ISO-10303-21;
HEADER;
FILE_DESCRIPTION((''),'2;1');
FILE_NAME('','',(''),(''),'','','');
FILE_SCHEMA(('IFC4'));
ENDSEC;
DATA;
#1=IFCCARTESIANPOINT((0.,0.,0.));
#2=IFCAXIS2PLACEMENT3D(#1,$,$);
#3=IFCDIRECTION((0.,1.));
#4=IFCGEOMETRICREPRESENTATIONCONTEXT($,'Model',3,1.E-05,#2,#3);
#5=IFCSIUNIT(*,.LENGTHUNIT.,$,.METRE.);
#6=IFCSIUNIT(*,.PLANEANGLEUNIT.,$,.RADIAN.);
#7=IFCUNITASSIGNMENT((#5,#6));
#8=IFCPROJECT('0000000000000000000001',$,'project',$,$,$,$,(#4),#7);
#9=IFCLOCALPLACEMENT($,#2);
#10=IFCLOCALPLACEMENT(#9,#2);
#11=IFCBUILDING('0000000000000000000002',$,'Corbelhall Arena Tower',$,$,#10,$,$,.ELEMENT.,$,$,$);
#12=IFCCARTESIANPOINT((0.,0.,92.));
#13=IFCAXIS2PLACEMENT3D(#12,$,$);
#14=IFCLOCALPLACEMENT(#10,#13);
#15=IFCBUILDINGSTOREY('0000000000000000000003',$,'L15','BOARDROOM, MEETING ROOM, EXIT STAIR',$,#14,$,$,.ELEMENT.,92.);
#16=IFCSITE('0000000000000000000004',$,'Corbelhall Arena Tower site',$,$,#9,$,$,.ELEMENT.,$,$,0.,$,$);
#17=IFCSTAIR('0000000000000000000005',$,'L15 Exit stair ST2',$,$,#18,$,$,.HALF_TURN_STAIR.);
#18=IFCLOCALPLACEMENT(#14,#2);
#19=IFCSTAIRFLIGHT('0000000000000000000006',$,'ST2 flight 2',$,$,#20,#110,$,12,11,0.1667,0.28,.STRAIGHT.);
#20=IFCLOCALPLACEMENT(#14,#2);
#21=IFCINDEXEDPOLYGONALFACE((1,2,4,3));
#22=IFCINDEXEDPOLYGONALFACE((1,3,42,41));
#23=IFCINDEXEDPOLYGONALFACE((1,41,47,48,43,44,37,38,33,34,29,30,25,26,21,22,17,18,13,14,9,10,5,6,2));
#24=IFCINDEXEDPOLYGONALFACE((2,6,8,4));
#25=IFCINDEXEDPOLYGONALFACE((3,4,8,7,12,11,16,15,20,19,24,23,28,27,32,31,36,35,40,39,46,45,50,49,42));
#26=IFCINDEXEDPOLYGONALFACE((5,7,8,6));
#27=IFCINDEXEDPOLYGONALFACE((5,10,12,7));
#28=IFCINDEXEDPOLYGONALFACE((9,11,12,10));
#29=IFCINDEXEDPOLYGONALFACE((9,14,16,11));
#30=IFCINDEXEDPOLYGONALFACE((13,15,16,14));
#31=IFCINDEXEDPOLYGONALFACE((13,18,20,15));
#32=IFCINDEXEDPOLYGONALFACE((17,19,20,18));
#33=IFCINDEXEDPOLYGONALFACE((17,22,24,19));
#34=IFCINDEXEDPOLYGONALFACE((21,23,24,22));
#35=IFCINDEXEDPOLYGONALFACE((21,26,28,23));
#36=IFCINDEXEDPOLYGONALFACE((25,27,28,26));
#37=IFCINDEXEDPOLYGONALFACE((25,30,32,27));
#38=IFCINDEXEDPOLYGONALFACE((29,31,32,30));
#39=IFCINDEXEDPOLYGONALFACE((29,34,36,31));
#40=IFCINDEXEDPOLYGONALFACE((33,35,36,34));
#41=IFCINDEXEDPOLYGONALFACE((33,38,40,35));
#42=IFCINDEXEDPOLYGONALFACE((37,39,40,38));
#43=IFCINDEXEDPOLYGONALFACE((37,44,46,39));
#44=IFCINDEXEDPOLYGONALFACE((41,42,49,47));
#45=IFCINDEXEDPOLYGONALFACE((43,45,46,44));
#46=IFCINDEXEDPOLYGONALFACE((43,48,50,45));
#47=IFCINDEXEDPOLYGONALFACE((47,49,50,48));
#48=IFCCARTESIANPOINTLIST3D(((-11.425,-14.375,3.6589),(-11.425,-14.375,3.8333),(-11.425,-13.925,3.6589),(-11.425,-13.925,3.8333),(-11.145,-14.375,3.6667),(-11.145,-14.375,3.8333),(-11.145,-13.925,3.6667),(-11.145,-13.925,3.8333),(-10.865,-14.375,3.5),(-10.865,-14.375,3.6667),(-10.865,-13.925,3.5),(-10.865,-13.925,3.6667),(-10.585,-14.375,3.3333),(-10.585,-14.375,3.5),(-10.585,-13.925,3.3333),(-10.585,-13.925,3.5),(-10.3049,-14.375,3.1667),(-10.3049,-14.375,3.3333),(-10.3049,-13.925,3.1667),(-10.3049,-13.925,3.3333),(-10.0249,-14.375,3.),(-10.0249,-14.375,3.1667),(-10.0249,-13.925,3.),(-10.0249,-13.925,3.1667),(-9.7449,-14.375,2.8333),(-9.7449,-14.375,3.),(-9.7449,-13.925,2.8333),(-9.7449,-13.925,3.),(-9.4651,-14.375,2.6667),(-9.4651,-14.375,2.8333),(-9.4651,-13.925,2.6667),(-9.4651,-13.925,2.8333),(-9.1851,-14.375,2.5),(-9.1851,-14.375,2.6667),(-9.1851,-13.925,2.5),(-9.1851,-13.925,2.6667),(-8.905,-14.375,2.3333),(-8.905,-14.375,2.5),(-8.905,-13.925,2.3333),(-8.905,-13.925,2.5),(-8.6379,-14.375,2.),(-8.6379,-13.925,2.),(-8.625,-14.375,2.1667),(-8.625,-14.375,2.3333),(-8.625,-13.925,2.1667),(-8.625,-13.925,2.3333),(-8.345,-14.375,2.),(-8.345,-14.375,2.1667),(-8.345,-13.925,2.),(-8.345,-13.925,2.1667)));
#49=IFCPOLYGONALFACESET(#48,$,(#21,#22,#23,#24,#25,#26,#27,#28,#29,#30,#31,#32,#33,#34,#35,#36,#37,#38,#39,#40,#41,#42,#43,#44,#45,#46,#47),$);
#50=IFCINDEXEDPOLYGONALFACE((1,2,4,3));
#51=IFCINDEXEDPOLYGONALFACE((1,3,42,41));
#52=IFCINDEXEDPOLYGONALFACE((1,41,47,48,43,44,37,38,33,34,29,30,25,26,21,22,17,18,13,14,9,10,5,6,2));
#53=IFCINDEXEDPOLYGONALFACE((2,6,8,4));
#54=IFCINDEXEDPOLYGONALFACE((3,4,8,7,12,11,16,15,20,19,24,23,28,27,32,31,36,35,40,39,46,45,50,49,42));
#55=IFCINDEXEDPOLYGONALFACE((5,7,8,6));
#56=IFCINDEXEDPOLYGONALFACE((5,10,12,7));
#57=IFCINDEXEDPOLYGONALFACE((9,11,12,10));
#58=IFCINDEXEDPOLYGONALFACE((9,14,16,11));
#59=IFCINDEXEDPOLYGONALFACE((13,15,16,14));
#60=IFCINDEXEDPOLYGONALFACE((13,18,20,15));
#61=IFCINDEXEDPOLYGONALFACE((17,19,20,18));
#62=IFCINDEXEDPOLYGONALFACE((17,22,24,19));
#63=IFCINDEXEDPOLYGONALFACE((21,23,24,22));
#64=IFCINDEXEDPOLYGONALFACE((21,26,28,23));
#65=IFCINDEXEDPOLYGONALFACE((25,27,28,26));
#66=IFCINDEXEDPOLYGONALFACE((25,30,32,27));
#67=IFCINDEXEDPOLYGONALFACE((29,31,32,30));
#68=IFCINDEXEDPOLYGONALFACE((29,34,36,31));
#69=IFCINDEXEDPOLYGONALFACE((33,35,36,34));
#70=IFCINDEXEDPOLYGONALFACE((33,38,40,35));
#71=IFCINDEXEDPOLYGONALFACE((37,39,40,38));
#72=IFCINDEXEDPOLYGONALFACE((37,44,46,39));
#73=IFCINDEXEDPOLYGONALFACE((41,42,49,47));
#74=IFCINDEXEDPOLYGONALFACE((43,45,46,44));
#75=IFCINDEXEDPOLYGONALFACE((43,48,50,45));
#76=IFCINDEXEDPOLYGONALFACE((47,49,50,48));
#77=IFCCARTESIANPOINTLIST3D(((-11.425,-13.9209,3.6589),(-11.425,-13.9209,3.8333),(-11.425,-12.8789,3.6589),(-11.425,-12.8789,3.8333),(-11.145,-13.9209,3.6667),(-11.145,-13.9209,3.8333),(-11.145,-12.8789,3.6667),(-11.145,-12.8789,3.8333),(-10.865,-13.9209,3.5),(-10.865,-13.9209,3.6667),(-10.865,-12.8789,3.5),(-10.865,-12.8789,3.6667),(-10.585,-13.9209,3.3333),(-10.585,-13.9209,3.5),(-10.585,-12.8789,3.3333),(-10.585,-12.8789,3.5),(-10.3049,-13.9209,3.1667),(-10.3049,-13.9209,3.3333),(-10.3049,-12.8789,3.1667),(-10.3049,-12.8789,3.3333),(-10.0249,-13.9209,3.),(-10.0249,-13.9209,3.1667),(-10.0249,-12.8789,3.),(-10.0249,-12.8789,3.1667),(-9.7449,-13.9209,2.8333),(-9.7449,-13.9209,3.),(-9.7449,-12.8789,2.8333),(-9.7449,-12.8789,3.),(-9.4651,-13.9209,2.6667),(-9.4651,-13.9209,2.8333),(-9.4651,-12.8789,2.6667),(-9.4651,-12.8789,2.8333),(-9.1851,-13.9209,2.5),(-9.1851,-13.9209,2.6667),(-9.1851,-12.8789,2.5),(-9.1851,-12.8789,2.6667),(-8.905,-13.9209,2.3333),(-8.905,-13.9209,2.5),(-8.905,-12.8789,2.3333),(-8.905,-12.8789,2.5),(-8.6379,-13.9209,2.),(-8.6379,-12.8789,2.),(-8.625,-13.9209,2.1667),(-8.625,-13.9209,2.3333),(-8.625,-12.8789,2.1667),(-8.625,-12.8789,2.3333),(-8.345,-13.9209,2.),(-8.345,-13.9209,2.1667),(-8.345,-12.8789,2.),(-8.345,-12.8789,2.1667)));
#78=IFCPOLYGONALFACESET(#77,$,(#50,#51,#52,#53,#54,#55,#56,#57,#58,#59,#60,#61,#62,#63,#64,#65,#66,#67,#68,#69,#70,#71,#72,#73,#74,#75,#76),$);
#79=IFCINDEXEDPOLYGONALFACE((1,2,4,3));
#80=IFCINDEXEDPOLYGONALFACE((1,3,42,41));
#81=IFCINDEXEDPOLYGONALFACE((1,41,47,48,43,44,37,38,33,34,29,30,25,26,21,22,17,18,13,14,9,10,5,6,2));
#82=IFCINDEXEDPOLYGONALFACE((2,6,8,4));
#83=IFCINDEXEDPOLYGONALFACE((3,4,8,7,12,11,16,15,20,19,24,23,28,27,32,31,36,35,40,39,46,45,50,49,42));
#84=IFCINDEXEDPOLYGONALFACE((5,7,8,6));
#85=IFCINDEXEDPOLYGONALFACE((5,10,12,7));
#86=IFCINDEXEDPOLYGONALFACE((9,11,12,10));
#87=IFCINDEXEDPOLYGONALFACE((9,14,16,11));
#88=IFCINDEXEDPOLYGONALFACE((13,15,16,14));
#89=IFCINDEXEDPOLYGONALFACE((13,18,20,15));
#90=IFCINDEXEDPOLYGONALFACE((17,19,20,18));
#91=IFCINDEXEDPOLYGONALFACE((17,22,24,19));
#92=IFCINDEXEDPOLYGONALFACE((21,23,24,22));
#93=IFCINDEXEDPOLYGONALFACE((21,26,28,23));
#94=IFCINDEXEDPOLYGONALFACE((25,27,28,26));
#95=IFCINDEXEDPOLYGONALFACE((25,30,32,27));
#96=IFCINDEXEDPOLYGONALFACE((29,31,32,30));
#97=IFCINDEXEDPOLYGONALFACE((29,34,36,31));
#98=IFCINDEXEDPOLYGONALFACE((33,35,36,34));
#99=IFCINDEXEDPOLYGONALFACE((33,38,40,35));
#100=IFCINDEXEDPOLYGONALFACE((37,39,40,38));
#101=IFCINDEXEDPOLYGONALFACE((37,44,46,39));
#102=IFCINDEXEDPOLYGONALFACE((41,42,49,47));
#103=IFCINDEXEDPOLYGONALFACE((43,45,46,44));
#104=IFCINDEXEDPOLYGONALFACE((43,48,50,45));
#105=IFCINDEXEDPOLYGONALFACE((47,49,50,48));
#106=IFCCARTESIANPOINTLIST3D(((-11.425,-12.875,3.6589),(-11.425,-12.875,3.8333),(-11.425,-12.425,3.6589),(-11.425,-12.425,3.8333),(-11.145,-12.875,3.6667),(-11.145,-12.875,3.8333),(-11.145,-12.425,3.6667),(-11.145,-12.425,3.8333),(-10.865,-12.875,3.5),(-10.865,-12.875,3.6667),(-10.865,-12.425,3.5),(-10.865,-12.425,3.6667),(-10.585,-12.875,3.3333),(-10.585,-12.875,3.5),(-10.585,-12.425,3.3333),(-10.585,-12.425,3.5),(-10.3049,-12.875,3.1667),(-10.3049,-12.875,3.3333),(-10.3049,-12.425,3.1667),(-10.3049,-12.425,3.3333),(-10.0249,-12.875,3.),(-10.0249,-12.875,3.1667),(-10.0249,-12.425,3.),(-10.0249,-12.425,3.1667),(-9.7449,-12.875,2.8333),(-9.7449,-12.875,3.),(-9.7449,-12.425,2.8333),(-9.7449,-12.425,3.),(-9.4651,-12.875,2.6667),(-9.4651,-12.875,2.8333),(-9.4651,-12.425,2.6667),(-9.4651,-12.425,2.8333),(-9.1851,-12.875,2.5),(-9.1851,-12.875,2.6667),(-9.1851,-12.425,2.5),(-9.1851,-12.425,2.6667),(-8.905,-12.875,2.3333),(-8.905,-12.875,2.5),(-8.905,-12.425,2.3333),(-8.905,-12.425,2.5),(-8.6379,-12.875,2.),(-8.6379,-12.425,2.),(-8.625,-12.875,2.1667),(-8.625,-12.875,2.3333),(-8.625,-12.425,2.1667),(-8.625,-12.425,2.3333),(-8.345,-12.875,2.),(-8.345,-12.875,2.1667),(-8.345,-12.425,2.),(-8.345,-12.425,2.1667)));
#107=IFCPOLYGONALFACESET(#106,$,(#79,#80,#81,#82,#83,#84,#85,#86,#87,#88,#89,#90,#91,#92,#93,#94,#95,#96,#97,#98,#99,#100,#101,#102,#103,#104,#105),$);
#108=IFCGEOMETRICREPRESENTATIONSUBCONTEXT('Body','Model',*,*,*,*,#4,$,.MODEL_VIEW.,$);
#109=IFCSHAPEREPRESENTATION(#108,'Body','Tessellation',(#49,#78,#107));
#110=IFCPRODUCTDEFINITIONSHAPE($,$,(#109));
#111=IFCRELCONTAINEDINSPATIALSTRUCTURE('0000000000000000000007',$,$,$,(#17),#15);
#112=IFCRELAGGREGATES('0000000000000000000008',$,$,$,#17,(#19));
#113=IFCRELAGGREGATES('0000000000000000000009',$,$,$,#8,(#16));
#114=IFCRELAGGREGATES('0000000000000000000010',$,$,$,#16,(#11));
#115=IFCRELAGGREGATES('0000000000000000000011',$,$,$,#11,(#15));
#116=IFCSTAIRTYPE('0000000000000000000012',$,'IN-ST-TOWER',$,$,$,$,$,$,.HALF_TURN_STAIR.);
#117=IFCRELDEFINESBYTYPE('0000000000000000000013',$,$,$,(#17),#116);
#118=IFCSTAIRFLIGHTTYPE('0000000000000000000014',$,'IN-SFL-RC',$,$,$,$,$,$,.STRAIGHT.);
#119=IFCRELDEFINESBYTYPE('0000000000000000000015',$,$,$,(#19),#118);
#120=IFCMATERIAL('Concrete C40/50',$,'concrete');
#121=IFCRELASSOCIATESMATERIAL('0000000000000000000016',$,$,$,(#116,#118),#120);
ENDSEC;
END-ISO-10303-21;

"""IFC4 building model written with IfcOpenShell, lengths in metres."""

from ifc_helpers import new_model, si_unit, direction, frame, origin, place, context, subcontext, project, spatial, polyline, outline, extrude, material, type_object, element, aggregate, save


model = new_model("IFC4")

# Units and contexts
model_context = context("Model", 3, precision=1e-05, world=origin(), true_north=direction((0.0, 1.0)))
body_context = subcontext(model_context, "Body", "Model", "MODEL_VIEW")
ifc_project = project(units=[si_unit("LENGTHUNIT", "METRE"), si_unit("PLANEANGLEUNIT", "RADIAN")], contexts=[model_context])

# Site, building, storey
site_placement = place(None, origin())
site = spatial("IfcSite", under=ifc_project, at=site_placement, Name="Corbelhall Arena Tower site", CompositionType="ELEMENT", RefElevation=0.0)
building_placement = place(site_placement, origin())
building = spatial("IfcBuilding", under=site, at=building_placement, Name="Corbelhall Arena Tower", CompositionType="ELEMENT")
storey_placement = place(building_placement, frame((0.0, 0.0, 92.0)))
storey = spatial("IfcBuildingStorey", under=building, at=storey_placement, Name="L15", Description="BOARDROOM, MEETING ROOM, EXIT STAIR", CompositionType="ELEMENT", Elevation=92.0)

# Shared definitions
ifc_material_1 = material(Name="Concrete C40/50", Category="concrete")

# Stair, stair flight
stair_type = type_object("IfcStairType", Name="IN-ST-TOWER", PredefinedType="HALF_TURN_STAIR", material=ifc_material_1)
stair_placement = place(storey_placement, origin())
stair = element("IfcStair", 1, at=stair_placement, inside=storey, type_object=stair_type, Name="L15 Exit stair ST2", PredefinedType="HALF_TURN_STAIR")
stair_flight_type = type_object("IfcStairFlightType", Name="IN-SFL-RC", PredefinedType="STRAIGHT", material=ifc_material_1)
stair_flight_1_placement = place(storey_placement, frame((-8.345, -13.3999, 2.0), z_axis=(0.0, 0.0, 1.0), x_axis=(-1.0, 0.0, 0.0)))
stair_flight_1 = element("IfcStairFlight", 2, at=stair_flight_1_placement, type_object=stair_flight_type, Name="ST2 flight 2", NumberOfRisers=12, NumberOfTreads=11, PredefinedType="STRAIGHT", RiserHeight=0.1667, TreadLength=0.28, context=body_context, shape_type="SweptSolid", body=[
    extrude(outline(polyline([(0.0, 0.0), (0.0, 0.1667), (0.28, 0.1667), (0.28, 0.3333), (0.5601, 0.3333), (0.5601, 0.5), (0.8401, 0.5), (0.8401, 0.6667), (1.1201, 0.6667), (1.1201, 0.8333), (1.3999, 0.8333), (1.3999, 1.0), (1.6799, 1.0), (1.6799, 1.1667), (1.96, 1.1667), (1.96, 1.3333), (2.24, 1.3333), (2.24, 1.5), (2.52, 1.5), (2.52, 1.6667), (2.8, 1.6667), (2.8, 1.8333), (3.0801, 1.8333), (3.0801, 2.0), (3.0801, 1.6589), (0.293, 0.0), (0.0, 0.0)])), frame((0.0, 0.9751, 0.0), z_axis=(0.0, -1.0, 0.0), x_axis=(1.0, 0.0, 0.0)), (0.0, 0.0, 1.0), 0.45),
    extrude(outline(polyline([(0.0, 0.0), (0.0, 0.1667), (0.28, 0.1667), (0.28, 0.3333), (0.5601, 0.3333), (0.5601, 0.5), (0.8401, 0.5), (0.8401, 0.6667), (1.1201, 0.6667), (1.1201, 0.8333), (1.3999, 0.8333), (1.3999, 1.0), (1.6799, 1.0), (1.6799, 1.1667), (1.96, 1.1667), (1.96, 1.3333), (2.24, 1.3333), (2.24, 1.5), (2.52, 1.5), (2.52, 1.6667), (2.8, 1.6667), (2.8, 1.8333), (3.0801, 1.8333), (3.0801, 2.0), (3.0801, 1.6589), (0.293, 0.0), (0.0, 0.0)])), frame((0.0, 0.521, 0.0), z_axis=(0.0, -1.0, 0.0), x_axis=(1.0, 0.0, 0.0)), (0.0, 0.0, 1.0), 1.042),
    extrude(outline(polyline([(0.0, 0.0), (0.0, 0.1667), (0.28, 0.1667), (0.28, 0.3333), (0.5601, 0.3333), (0.5601, 0.5), (0.8401, 0.5), (0.8401, 0.6667), (1.1201, 0.6667), (1.1201, 0.8333), (1.3999, 0.8333), (1.3999, 1.0), (1.6799, 1.0), (1.6799, 1.1667), (1.96, 1.1667), (1.96, 1.3333), (2.24, 1.3333), (2.24, 1.5), (2.52, 1.5), (2.52, 1.6667), (2.8, 1.6667), (2.8, 1.8333), (3.0801, 1.8333), (3.0801, 2.0), (3.0801, 1.6589), (0.293, 0.0), (0.0, 0.0)])), frame((0.0, -0.5249, 0.0), z_axis=(0.0, -1.0, 0.0), x_axis=(1.0, 0.0, 0.0)), (0.0, 0.0, 1.0), 0.45),
])
aggregate(stair, [stair_flight_1])

save(model, "model.ifc")
